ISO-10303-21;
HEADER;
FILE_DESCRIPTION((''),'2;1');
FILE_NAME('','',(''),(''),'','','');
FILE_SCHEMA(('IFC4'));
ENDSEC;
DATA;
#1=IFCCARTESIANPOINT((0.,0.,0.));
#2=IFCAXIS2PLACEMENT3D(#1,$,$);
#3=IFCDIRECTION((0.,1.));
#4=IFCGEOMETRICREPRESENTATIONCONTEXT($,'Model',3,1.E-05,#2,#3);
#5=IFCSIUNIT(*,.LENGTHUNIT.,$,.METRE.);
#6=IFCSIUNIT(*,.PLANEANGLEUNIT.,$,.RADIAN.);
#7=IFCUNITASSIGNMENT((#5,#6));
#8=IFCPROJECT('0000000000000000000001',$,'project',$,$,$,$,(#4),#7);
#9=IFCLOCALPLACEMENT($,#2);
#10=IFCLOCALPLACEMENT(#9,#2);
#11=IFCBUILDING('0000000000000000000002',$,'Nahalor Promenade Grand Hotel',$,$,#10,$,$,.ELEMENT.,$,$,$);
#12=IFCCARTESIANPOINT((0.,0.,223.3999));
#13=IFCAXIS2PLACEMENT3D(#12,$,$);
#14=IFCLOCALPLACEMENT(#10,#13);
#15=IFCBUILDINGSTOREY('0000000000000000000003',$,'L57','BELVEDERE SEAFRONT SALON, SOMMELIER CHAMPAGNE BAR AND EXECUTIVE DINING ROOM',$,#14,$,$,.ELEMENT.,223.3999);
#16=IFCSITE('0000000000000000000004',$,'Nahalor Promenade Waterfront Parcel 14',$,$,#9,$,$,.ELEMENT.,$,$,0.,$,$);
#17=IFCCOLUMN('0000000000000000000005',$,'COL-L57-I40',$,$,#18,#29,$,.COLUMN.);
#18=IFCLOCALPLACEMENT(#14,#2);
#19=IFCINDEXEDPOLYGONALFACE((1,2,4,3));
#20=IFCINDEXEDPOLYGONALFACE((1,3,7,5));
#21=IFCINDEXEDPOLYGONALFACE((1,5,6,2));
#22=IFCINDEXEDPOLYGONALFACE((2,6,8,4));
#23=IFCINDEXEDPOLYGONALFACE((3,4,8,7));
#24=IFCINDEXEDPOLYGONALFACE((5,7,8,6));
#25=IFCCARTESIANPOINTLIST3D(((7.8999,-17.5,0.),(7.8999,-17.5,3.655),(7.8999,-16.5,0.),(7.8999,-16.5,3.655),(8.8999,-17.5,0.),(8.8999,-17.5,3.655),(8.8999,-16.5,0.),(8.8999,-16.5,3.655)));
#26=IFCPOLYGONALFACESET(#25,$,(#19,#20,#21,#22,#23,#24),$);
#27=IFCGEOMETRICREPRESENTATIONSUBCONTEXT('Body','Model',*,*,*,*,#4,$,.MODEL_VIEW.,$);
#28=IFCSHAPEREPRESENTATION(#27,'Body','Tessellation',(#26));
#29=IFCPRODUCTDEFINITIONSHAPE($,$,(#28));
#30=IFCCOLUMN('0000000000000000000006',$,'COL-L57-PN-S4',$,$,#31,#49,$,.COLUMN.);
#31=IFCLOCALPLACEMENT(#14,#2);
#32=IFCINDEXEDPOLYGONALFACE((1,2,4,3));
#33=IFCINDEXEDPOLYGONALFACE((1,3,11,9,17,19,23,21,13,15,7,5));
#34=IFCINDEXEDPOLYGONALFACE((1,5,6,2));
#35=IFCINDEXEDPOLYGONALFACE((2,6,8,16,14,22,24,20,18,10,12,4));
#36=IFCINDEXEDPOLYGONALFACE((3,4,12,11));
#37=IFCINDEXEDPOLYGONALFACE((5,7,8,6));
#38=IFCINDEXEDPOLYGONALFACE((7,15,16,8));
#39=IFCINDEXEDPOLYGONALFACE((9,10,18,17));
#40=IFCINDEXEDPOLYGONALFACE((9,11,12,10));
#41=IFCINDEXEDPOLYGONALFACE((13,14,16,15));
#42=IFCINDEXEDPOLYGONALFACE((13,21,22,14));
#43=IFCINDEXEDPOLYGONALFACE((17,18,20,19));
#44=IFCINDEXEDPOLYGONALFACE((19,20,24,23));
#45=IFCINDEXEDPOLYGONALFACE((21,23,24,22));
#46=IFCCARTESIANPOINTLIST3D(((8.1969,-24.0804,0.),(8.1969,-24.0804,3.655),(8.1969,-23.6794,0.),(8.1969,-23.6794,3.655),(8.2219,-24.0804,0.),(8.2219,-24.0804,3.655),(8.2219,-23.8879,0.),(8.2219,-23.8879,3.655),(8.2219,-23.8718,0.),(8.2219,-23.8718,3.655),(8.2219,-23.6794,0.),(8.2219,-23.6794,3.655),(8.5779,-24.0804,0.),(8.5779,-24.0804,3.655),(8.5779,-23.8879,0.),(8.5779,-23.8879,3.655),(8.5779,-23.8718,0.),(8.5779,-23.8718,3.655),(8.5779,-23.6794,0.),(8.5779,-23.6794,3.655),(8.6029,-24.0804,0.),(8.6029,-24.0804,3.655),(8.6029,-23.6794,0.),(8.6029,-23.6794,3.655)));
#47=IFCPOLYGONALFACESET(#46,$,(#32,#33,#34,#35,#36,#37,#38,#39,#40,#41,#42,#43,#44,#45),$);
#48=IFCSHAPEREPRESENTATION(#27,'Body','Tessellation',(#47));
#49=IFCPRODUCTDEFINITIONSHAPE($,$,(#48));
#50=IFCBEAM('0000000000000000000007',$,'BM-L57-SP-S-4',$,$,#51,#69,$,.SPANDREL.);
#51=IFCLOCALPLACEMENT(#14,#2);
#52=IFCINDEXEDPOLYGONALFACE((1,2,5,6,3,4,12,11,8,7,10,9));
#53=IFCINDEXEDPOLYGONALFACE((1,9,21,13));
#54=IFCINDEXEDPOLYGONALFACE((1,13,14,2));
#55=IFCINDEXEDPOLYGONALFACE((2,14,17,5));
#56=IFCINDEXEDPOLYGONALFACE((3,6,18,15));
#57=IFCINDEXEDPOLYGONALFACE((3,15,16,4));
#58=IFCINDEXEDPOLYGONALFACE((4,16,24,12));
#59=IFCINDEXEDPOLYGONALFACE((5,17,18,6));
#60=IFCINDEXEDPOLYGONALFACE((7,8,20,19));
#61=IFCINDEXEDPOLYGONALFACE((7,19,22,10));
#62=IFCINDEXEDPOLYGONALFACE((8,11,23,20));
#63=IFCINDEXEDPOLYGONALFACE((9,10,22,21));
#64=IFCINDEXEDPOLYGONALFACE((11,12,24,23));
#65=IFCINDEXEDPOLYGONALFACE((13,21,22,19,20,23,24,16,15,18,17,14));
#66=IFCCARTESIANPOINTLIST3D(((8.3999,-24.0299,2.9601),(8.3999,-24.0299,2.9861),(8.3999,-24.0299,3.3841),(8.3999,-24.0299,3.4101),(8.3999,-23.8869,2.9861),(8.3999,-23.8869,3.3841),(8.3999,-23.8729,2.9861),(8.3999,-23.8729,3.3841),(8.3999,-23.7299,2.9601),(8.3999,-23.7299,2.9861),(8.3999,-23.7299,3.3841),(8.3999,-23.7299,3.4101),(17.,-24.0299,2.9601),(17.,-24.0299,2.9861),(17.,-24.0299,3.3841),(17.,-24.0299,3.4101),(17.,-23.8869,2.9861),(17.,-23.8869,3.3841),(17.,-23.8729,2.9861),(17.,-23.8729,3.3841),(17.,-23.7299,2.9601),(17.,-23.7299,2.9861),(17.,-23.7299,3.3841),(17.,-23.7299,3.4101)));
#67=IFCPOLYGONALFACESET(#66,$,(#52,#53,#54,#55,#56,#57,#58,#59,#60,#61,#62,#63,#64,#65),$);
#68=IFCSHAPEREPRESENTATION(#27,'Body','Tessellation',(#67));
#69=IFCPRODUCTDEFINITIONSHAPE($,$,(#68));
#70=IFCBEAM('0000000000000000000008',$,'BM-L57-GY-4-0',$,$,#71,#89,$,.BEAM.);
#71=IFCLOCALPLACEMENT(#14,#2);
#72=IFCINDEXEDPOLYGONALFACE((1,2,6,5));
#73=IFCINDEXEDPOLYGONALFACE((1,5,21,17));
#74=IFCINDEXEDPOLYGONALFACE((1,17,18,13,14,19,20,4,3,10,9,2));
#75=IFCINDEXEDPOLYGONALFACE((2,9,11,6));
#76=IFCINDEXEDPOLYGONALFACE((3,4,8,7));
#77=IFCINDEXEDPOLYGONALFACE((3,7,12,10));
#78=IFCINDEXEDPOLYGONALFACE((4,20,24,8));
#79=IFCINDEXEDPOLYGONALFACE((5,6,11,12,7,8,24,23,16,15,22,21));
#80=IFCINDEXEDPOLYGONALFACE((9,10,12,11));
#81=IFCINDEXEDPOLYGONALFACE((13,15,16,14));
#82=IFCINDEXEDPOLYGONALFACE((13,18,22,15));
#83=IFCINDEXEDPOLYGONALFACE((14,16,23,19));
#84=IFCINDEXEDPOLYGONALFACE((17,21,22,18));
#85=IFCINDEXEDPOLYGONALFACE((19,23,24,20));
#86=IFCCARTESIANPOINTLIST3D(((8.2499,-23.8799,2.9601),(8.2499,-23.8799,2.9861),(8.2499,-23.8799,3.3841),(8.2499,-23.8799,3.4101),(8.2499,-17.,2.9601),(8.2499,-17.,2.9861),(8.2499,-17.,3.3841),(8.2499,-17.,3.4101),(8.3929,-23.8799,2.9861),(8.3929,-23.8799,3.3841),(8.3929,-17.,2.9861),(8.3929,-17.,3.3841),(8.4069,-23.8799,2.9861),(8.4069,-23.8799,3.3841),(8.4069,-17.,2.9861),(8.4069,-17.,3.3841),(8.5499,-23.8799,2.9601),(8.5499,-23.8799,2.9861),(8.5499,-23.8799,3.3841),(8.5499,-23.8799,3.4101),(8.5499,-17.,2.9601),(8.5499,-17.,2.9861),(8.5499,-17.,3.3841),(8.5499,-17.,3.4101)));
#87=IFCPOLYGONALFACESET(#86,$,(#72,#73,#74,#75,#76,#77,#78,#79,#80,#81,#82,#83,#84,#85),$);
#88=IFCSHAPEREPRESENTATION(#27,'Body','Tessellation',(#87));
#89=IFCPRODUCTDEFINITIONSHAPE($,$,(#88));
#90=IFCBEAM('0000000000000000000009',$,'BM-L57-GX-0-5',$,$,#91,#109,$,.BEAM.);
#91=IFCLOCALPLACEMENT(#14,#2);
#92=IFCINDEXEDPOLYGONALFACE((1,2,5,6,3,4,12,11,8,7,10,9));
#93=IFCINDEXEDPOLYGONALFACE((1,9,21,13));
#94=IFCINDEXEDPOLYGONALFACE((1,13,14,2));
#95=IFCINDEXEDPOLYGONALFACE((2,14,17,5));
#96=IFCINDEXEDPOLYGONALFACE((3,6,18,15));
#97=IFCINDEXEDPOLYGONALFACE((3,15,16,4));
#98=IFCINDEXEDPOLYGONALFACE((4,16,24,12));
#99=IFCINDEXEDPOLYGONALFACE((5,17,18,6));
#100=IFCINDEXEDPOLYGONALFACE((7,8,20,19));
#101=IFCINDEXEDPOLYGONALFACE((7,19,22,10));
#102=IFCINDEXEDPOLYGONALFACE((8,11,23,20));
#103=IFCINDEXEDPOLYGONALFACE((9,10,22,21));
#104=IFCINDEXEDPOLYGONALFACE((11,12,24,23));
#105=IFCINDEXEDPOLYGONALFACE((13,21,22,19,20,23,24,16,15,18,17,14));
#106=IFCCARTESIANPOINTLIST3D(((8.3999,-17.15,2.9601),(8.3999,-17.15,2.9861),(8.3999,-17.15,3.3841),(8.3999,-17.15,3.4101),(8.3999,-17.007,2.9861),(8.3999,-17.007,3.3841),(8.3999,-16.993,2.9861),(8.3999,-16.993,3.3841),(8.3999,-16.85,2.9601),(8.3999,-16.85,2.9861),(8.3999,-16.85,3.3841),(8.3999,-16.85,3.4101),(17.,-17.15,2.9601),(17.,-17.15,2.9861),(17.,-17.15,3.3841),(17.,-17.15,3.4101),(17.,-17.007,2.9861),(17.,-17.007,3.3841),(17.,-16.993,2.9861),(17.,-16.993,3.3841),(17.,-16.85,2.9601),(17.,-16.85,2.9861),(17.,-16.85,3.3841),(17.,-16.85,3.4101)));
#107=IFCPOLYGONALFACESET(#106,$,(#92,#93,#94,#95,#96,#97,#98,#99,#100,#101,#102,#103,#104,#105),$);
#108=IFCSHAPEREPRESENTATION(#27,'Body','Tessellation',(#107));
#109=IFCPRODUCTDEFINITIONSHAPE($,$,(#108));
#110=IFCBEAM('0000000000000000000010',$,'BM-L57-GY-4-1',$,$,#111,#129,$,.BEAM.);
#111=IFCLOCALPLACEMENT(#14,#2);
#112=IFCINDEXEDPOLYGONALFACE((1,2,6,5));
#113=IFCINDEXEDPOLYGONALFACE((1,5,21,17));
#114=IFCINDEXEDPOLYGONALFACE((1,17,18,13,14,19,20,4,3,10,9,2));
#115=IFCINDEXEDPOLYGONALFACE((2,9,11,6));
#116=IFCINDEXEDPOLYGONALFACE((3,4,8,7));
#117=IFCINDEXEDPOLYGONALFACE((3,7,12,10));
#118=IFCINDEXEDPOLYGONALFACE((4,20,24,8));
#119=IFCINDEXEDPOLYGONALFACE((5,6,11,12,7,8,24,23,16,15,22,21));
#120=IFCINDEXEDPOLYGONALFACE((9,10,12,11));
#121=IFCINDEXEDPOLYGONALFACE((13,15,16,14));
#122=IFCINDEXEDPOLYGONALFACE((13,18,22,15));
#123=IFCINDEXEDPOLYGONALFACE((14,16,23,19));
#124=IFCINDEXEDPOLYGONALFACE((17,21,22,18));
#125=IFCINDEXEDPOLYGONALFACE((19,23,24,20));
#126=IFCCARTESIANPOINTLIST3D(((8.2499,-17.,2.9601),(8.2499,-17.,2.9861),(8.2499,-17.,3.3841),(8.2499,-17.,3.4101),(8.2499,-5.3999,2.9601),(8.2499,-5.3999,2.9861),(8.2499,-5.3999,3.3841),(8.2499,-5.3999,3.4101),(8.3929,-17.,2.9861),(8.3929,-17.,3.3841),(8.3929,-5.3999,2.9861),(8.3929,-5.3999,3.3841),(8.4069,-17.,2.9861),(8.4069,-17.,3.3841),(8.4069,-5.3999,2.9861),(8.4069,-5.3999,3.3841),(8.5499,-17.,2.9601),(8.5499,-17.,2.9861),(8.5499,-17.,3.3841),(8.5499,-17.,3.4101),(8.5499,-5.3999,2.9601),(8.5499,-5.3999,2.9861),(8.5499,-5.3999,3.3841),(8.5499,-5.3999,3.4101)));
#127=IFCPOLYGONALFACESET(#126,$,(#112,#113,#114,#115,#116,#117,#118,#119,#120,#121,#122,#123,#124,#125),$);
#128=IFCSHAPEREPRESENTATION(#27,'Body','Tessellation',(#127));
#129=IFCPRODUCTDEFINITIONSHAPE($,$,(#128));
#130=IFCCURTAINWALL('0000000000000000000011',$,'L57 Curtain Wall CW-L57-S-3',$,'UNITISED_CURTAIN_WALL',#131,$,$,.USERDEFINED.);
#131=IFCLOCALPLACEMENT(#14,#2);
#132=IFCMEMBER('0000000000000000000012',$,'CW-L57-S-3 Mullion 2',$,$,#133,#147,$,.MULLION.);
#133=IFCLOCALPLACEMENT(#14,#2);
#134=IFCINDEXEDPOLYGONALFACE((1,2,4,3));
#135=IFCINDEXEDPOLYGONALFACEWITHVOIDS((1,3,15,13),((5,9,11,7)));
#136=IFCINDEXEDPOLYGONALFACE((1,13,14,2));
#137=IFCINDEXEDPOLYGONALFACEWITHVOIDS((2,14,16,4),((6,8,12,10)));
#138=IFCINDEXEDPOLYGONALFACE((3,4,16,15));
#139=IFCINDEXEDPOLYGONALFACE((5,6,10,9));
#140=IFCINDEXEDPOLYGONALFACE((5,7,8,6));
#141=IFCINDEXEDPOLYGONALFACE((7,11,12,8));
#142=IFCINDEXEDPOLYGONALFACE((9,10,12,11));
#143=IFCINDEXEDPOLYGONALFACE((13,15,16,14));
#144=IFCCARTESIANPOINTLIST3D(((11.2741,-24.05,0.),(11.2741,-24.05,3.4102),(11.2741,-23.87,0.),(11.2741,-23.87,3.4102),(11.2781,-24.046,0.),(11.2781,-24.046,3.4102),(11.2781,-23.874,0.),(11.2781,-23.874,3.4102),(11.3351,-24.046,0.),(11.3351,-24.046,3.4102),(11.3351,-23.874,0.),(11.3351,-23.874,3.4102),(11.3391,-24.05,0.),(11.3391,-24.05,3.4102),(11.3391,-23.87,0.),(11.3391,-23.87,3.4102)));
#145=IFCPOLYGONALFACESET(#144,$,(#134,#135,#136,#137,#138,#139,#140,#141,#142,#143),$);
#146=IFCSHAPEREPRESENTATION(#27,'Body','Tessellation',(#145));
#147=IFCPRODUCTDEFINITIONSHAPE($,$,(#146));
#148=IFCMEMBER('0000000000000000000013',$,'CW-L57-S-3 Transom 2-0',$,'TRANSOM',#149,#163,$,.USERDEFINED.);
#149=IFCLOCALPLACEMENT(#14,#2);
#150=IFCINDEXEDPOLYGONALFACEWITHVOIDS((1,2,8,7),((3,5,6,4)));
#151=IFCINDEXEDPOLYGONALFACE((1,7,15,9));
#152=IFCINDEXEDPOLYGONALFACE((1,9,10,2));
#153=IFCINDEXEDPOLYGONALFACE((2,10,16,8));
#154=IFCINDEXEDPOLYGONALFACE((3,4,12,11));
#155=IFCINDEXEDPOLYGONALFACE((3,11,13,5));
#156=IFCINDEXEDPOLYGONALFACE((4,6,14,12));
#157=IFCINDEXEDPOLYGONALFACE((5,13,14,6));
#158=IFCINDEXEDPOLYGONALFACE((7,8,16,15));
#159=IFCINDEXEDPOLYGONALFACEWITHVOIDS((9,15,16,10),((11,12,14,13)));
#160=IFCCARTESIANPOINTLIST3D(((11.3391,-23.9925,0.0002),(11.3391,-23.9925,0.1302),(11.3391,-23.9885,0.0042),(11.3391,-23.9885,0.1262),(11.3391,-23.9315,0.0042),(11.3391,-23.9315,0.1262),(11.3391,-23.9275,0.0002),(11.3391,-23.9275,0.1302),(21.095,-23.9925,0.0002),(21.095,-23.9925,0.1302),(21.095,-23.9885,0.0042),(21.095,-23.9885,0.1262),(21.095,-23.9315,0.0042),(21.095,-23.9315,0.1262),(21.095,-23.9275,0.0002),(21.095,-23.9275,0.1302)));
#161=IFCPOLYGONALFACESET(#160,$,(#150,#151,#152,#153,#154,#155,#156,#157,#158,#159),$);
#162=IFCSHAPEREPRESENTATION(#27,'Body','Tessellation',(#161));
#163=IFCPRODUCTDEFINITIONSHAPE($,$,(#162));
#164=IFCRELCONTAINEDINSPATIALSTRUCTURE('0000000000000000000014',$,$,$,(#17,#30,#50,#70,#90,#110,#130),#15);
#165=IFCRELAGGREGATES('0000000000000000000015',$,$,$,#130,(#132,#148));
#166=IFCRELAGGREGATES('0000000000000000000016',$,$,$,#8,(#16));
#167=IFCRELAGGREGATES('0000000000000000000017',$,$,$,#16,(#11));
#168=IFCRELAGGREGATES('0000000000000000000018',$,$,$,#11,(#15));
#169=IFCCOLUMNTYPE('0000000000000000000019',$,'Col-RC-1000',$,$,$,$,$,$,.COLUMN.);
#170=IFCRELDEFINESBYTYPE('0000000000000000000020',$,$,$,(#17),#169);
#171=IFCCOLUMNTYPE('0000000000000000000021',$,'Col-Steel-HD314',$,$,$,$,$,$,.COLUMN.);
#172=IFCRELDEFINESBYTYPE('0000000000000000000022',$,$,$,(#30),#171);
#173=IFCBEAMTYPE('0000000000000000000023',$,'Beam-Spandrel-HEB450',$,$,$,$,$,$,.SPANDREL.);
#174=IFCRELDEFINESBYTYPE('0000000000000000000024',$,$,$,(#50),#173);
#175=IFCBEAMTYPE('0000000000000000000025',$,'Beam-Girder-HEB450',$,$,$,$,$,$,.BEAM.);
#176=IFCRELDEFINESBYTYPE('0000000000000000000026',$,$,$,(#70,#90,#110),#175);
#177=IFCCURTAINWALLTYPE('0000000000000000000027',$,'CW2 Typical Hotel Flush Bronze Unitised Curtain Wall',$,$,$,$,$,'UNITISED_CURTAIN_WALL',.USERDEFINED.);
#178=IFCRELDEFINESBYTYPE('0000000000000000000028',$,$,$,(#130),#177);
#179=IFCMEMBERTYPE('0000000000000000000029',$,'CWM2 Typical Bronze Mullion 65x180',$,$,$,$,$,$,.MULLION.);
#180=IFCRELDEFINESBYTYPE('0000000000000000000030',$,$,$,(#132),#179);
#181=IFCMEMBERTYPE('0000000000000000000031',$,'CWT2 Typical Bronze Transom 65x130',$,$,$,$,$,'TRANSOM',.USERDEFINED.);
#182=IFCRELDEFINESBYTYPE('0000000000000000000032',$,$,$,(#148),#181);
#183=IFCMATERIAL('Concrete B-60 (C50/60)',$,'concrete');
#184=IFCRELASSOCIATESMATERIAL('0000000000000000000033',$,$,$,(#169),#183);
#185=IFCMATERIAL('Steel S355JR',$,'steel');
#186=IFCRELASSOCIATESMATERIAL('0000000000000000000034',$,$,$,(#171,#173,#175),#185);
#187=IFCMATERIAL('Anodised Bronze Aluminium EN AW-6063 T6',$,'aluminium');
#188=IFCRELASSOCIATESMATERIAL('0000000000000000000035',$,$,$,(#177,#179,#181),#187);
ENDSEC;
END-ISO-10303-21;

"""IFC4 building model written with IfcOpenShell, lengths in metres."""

from ifc_helpers import new_model, si_unit, direction, frame, origin, origin_2d, place, context, subcontext, project, spatial, rectangle, hollow_rectangle, i_section, extrude, source, transform, mapped, material, material_profile, profile_set, type_object, element, aggregate, save


model = new_model("IFC4")

# Units and contexts
model_context = context("Model", 3, precision=1e-05, world=origin(), true_north=direction((0.0, 1.0)))
body_context = subcontext(model_context, "Body", "Model", "MODEL_VIEW")
ifc_project = project(units=[si_unit("LENGTHUNIT", "METRE"), si_unit("PLANEANGLEUNIT", "RADIAN")], contexts=[model_context])

# Site, building, storey
site_placement = place(None, origin())
site = spatial("IfcSite", under=ifc_project, at=site_placement, Name="Nahalor Promenade Waterfront Parcel 14", CompositionType="ELEMENT", RefElevation=0.0)
building_placement = place(site_placement, origin())
building = spatial("IfcBuilding", under=site, at=building_placement, Name="Nahalor Promenade Grand Hotel", CompositionType="ELEMENT")
storey_placement = place(building_placement, frame((0.0, 0.0, 223.3999)))
storey = spatial("IfcBuildingStorey", under=building, at=storey_placement, Name="L57", Description="BELVEDERE SEAFRONT SALON, SOMMELIER CHAMPAGNE BAR AND EXECUTIVE DINING ROOM", CompositionType="ELEMENT", Elevation=223.3999)

# Columns
ifc_material_1 = material(Name="Concrete B-60 (C50/60)", Category="concrete")
ifc_material_profile_1 = material_profile(ifc_material_1, rectangle(XDim=1.0, YDim=1.0, at=origin_2d()), Name="RC 1000x1000")
ifc_profile_set_1 = profile_set([ifc_material_profile_1], Name="Concrete B-60 (C50/60)")
column_type_1 = type_object("IfcColumnType", Name="Col-RC-1000", PredefinedType="COLUMN", material=ifc_profile_set_1)
shared_shape_1 = source(origin(), body_context, "Body", "SweptSolid", [
    extrude(rectangle(XDim=1.0, YDim=1.0, at=origin_2d()), origin(), (0.0, 0.0, 1.0), 3.655),
])
column_1_placement = place(storey_placement, frame((8.3999, -17.0, 0.0), z_axis=(0.0, 0.0, 1.0), x_axis=(1.0, 0.0, 0.0)))
element("IfcColumn", 1, at=column_1_placement, inside=storey, type_object=column_type_1, Name="COL-L57-I40", PredefinedType="COLUMN", context=body_context, shape_type="MappedRepresentation", body=[
    mapped(shared_shape_1, transform((0.0, 0.0, 0.0), scale=1.0)),
])
ifc_material_2 = material(Name="Steel S355JR", Category="steel")
ifc_material_profile_2 = material_profile(ifc_material_2, i_section(OverallWidth=0.401, OverallDepth=0.406, WebThickness=0.0161, FlangeThickness=0.025, at=origin_2d()), Name="HD 400x314")
ifc_profile_set_2 = profile_set([ifc_material_profile_2], Name="Steel S355JR")
column_type_2 = type_object("IfcColumnType", Name="Col-Steel-HD314", PredefinedType="COLUMN", material=ifc_profile_set_2)
shared_shape_2 = source(origin(), body_context, "Body", "SweptSolid", [
    extrude(i_section(OverallWidth=0.401, OverallDepth=0.406, WebThickness=0.0161, FlangeThickness=0.025, at=origin_2d()), origin(), (0.0, 0.0, 1.0), 3.655),
])
column_2_placement = place(storey_placement, frame((8.3999, -23.8799, 0.0), z_axis=(0.0, 0.0, 1.0), x_axis=(0.0, 1.0, 0.0)))
element("IfcColumn", 2, at=column_2_placement, inside=storey, type_object=column_type_2, Name="COL-L57-PN-S4", PredefinedType="COLUMN", context=body_context, shape_type="MappedRepresentation", body=[
    mapped(shared_shape_2, transform((0.0, 0.0, 0.0), scale=1.0)),
])

# Beams
ifc_material_profile_3 = material_profile(ifc_material_2, i_section(OverallWidth=0.3, OverallDepth=0.45, WebThickness=0.014, FlangeThickness=0.026, at=origin_2d()), Name="HEB 450")
ifc_profile_set_3 = profile_set([ifc_material_profile_3], Name="Steel S355JR")
beam_type_1 = type_object("IfcBeamType", Name="Beam-Spandrel-HEB450", PredefinedType="SPANDREL", material=ifc_profile_set_3)
shared_shape_3 = source(origin(), body_context, "Body", "SweptSolid", [
    extrude(i_section(OverallWidth=0.3, OverallDepth=0.45, WebThickness=0.014, FlangeThickness=0.026, at=origin_2d()), origin(), (0.0, 0.0, 1.0), 8.6001),
])
beam_1_placement = place(storey_placement, frame((8.3999, -23.8799, 3.1851), z_axis=(1.0, 0.0, 0.0), x_axis=(0.0, 1.0, 0.0)))
element("IfcBeam", 3, at=beam_1_placement, inside=storey, type_object=beam_type_1, Name="BM-L57-SP-S-4", PredefinedType="SPANDREL", context=body_context, shape_type="MappedRepresentation", body=[
    mapped(shared_shape_3, transform((0.0, 0.0, 0.0), scale=1.0)),
])
ifc_material_profile_4 = material_profile(ifc_material_2, i_section(OverallWidth=0.3, OverallDepth=0.45, WebThickness=0.014, FlangeThickness=0.026, at=origin_2d()), Name="HEB 450")
ifc_profile_set_4 = profile_set([ifc_material_profile_4], Name="Steel S355JR")
beam_type_2 = type_object("IfcBeamType", Name="Beam-Girder-HEB450", PredefinedType="BEAM", material=ifc_profile_set_4)
shared_shape_4 = source(origin(), body_context, "Body", "SweptSolid", [
    extrude(i_section(OverallWidth=0.3, OverallDepth=0.45, WebThickness=0.014, FlangeThickness=0.026, at=origin_2d()), origin(), (0.0, 0.0, 1.0), 6.8799),
])
beam_2_placement = place(storey_placement, frame((8.3999, -23.8799, 3.1851), z_axis=(0.0, 1.0, 0.0), x_axis=(-1.0, 0.0, 0.0)))
element("IfcBeam", 4, at=beam_2_placement, inside=storey, type_object=beam_type_2, Name="BM-L57-GY-4-0", PredefinedType="BEAM", context=body_context, shape_type="MappedRepresentation", body=[
    mapped(shared_shape_4, transform((0.0, 0.0, 0.0), scale=1.0)),
])
shared_shape_5 = source(origin(), body_context, "Body", "SweptSolid", [
    extrude(i_section(OverallWidth=0.3, OverallDepth=0.45, WebThickness=0.014, FlangeThickness=0.026, at=origin_2d()), origin(), (0.0, 0.0, 1.0), 8.6001),
])
beam_3_placement = place(storey_placement, frame((8.3999, -17.0, 3.1851), z_axis=(1.0, 0.0, 0.0), x_axis=(0.0, 1.0, 0.0)))
element("IfcBeam", 5, at=beam_3_placement, inside=storey, type_object=beam_type_2, Name="BM-L57-GX-0-5", PredefinedType="BEAM", context=body_context, shape_type="MappedRepresentation", body=[
    mapped(shared_shape_5, transform((0.0, 0.0, 0.0), scale=1.0)),
])
shared_shape_6 = source(origin(), body_context, "Body", "SweptSolid", [
    extrude(i_section(OverallWidth=0.3, OverallDepth=0.45, WebThickness=0.014, FlangeThickness=0.026, at=origin_2d()), origin(), (0.0, 0.0, 1.0), 11.6001),
])
beam_4_placement = place(storey_placement, frame((8.3999, -17.0, 3.1851), z_axis=(0.0, 1.0, 0.0), x_axis=(-1.0, 0.0, 0.0)))
element("IfcBeam", 6, at=beam_4_placement, inside=storey, type_object=beam_type_2, Name="BM-L57-GY-4-1", PredefinedType="BEAM", context=body_context, shape_type="MappedRepresentation", body=[
    mapped(shared_shape_6, transform((0.0, 0.0, 0.0), scale=1.0)),
])

# Curtain wall, members
ifc_material_3 = material(Name="Anodised Bronze Aluminium EN AW-6063 T6", Category="aluminium")
curtain_wall_type = type_object("IfcCurtainWallType", Name="CW2 Typical Hotel Flush Bronze Unitised Curtain Wall", ElementType="UNITISED_CURTAIN_WALL", PredefinedType="USERDEFINED", material=ifc_material_3)
curtain_wall_placement = place(storey_placement, origin())
curtain_wall = element("IfcCurtainWall", 7, at=curtain_wall_placement, inside=storey, type_object=curtain_wall_type, Name="L57 Curtain Wall CW-L57-S-3", ObjectType="UNITISED_CURTAIN_WALL", PredefinedType="USERDEFINED")
ifc_material_profile_5 = material_profile(ifc_material_3, hollow_rectangle(XDim=0.065, YDim=0.18, WallThickness=0.004, at=origin_2d()), Name="CWM 65x180x4")
ifc_profile_set_5 = profile_set([ifc_material_profile_5], Name="Anodised Bronze Aluminium EN AW-6063 T6")
member_type_1 = type_object("IfcMemberType", Name="CWM2 Typical Bronze Mullion 65x180", PredefinedType="MULLION", material=ifc_profile_set_5)
shared_shape_7 = source(origin(), body_context, "Body", "SweptSolid", [
    extrude(hollow_rectangle(XDim=0.065, YDim=0.18, WallThickness=0.004, at=origin_2d()), origin(), (0.0, 0.0, 1.0), 3.4102),
])
member_1_placement = place(storey_placement, frame((11.3066, -23.96, 0.0), z_axis=(0.0, 0.0, 1.0), x_axis=(1.0, 0.0, 0.0)))
member_1 = element("IfcMember", 8, at=member_1_placement, type_object=member_type_1, Name="CW-L57-S-3 Mullion 2", PredefinedType="MULLION", context=body_context, shape_type="MappedRepresentation", body=[
    mapped(shared_shape_7, transform((0.0, 0.0, 0.0), scale=1.0)),
])
ifc_material_profile_6 = material_profile(ifc_material_3, hollow_rectangle(XDim=0.065, YDim=0.13, WallThickness=0.004, at=origin_2d()), Name="CWT 65x130x4")
ifc_profile_set_6 = profile_set([ifc_material_profile_6], Name="Anodised Bronze Aluminium EN AW-6063 T6")
member_type_2 = type_object("IfcMemberType", Name="CWT2 Typical Bronze Transom 65x130", ElementType="TRANSOM", PredefinedType="USERDEFINED", material=ifc_profile_set_6)
shared_shape_8 = source(origin(), body_context, "Body", "SweptSolid", [
    extrude(hollow_rectangle(XDim=0.065, YDim=0.13, WallThickness=0.004, at=origin_2d()), origin(), (0.0, 0.0, 1.0), 9.7559),
])
member_2_placement = place(storey_placement, frame((11.3391, -23.96, 0.0652), z_axis=(1.0, 0.0, 0.0), x_axis=(0.0, 1.0, 0.0)))
member_2 = element("IfcMember", 9, at=member_2_placement, type_object=member_type_2, Name="CW-L57-S-3 Transom 2-0", ObjectType="TRANSOM", PredefinedType="USERDEFINED", context=body_context, shape_type="MappedRepresentation", body=[
    mapped(shared_shape_8, transform((0.0, 0.0, 0.0), scale=1.0)),
])
aggregate(curtain_wall, [member_1, member_2])

save(model, "model.ifc")
